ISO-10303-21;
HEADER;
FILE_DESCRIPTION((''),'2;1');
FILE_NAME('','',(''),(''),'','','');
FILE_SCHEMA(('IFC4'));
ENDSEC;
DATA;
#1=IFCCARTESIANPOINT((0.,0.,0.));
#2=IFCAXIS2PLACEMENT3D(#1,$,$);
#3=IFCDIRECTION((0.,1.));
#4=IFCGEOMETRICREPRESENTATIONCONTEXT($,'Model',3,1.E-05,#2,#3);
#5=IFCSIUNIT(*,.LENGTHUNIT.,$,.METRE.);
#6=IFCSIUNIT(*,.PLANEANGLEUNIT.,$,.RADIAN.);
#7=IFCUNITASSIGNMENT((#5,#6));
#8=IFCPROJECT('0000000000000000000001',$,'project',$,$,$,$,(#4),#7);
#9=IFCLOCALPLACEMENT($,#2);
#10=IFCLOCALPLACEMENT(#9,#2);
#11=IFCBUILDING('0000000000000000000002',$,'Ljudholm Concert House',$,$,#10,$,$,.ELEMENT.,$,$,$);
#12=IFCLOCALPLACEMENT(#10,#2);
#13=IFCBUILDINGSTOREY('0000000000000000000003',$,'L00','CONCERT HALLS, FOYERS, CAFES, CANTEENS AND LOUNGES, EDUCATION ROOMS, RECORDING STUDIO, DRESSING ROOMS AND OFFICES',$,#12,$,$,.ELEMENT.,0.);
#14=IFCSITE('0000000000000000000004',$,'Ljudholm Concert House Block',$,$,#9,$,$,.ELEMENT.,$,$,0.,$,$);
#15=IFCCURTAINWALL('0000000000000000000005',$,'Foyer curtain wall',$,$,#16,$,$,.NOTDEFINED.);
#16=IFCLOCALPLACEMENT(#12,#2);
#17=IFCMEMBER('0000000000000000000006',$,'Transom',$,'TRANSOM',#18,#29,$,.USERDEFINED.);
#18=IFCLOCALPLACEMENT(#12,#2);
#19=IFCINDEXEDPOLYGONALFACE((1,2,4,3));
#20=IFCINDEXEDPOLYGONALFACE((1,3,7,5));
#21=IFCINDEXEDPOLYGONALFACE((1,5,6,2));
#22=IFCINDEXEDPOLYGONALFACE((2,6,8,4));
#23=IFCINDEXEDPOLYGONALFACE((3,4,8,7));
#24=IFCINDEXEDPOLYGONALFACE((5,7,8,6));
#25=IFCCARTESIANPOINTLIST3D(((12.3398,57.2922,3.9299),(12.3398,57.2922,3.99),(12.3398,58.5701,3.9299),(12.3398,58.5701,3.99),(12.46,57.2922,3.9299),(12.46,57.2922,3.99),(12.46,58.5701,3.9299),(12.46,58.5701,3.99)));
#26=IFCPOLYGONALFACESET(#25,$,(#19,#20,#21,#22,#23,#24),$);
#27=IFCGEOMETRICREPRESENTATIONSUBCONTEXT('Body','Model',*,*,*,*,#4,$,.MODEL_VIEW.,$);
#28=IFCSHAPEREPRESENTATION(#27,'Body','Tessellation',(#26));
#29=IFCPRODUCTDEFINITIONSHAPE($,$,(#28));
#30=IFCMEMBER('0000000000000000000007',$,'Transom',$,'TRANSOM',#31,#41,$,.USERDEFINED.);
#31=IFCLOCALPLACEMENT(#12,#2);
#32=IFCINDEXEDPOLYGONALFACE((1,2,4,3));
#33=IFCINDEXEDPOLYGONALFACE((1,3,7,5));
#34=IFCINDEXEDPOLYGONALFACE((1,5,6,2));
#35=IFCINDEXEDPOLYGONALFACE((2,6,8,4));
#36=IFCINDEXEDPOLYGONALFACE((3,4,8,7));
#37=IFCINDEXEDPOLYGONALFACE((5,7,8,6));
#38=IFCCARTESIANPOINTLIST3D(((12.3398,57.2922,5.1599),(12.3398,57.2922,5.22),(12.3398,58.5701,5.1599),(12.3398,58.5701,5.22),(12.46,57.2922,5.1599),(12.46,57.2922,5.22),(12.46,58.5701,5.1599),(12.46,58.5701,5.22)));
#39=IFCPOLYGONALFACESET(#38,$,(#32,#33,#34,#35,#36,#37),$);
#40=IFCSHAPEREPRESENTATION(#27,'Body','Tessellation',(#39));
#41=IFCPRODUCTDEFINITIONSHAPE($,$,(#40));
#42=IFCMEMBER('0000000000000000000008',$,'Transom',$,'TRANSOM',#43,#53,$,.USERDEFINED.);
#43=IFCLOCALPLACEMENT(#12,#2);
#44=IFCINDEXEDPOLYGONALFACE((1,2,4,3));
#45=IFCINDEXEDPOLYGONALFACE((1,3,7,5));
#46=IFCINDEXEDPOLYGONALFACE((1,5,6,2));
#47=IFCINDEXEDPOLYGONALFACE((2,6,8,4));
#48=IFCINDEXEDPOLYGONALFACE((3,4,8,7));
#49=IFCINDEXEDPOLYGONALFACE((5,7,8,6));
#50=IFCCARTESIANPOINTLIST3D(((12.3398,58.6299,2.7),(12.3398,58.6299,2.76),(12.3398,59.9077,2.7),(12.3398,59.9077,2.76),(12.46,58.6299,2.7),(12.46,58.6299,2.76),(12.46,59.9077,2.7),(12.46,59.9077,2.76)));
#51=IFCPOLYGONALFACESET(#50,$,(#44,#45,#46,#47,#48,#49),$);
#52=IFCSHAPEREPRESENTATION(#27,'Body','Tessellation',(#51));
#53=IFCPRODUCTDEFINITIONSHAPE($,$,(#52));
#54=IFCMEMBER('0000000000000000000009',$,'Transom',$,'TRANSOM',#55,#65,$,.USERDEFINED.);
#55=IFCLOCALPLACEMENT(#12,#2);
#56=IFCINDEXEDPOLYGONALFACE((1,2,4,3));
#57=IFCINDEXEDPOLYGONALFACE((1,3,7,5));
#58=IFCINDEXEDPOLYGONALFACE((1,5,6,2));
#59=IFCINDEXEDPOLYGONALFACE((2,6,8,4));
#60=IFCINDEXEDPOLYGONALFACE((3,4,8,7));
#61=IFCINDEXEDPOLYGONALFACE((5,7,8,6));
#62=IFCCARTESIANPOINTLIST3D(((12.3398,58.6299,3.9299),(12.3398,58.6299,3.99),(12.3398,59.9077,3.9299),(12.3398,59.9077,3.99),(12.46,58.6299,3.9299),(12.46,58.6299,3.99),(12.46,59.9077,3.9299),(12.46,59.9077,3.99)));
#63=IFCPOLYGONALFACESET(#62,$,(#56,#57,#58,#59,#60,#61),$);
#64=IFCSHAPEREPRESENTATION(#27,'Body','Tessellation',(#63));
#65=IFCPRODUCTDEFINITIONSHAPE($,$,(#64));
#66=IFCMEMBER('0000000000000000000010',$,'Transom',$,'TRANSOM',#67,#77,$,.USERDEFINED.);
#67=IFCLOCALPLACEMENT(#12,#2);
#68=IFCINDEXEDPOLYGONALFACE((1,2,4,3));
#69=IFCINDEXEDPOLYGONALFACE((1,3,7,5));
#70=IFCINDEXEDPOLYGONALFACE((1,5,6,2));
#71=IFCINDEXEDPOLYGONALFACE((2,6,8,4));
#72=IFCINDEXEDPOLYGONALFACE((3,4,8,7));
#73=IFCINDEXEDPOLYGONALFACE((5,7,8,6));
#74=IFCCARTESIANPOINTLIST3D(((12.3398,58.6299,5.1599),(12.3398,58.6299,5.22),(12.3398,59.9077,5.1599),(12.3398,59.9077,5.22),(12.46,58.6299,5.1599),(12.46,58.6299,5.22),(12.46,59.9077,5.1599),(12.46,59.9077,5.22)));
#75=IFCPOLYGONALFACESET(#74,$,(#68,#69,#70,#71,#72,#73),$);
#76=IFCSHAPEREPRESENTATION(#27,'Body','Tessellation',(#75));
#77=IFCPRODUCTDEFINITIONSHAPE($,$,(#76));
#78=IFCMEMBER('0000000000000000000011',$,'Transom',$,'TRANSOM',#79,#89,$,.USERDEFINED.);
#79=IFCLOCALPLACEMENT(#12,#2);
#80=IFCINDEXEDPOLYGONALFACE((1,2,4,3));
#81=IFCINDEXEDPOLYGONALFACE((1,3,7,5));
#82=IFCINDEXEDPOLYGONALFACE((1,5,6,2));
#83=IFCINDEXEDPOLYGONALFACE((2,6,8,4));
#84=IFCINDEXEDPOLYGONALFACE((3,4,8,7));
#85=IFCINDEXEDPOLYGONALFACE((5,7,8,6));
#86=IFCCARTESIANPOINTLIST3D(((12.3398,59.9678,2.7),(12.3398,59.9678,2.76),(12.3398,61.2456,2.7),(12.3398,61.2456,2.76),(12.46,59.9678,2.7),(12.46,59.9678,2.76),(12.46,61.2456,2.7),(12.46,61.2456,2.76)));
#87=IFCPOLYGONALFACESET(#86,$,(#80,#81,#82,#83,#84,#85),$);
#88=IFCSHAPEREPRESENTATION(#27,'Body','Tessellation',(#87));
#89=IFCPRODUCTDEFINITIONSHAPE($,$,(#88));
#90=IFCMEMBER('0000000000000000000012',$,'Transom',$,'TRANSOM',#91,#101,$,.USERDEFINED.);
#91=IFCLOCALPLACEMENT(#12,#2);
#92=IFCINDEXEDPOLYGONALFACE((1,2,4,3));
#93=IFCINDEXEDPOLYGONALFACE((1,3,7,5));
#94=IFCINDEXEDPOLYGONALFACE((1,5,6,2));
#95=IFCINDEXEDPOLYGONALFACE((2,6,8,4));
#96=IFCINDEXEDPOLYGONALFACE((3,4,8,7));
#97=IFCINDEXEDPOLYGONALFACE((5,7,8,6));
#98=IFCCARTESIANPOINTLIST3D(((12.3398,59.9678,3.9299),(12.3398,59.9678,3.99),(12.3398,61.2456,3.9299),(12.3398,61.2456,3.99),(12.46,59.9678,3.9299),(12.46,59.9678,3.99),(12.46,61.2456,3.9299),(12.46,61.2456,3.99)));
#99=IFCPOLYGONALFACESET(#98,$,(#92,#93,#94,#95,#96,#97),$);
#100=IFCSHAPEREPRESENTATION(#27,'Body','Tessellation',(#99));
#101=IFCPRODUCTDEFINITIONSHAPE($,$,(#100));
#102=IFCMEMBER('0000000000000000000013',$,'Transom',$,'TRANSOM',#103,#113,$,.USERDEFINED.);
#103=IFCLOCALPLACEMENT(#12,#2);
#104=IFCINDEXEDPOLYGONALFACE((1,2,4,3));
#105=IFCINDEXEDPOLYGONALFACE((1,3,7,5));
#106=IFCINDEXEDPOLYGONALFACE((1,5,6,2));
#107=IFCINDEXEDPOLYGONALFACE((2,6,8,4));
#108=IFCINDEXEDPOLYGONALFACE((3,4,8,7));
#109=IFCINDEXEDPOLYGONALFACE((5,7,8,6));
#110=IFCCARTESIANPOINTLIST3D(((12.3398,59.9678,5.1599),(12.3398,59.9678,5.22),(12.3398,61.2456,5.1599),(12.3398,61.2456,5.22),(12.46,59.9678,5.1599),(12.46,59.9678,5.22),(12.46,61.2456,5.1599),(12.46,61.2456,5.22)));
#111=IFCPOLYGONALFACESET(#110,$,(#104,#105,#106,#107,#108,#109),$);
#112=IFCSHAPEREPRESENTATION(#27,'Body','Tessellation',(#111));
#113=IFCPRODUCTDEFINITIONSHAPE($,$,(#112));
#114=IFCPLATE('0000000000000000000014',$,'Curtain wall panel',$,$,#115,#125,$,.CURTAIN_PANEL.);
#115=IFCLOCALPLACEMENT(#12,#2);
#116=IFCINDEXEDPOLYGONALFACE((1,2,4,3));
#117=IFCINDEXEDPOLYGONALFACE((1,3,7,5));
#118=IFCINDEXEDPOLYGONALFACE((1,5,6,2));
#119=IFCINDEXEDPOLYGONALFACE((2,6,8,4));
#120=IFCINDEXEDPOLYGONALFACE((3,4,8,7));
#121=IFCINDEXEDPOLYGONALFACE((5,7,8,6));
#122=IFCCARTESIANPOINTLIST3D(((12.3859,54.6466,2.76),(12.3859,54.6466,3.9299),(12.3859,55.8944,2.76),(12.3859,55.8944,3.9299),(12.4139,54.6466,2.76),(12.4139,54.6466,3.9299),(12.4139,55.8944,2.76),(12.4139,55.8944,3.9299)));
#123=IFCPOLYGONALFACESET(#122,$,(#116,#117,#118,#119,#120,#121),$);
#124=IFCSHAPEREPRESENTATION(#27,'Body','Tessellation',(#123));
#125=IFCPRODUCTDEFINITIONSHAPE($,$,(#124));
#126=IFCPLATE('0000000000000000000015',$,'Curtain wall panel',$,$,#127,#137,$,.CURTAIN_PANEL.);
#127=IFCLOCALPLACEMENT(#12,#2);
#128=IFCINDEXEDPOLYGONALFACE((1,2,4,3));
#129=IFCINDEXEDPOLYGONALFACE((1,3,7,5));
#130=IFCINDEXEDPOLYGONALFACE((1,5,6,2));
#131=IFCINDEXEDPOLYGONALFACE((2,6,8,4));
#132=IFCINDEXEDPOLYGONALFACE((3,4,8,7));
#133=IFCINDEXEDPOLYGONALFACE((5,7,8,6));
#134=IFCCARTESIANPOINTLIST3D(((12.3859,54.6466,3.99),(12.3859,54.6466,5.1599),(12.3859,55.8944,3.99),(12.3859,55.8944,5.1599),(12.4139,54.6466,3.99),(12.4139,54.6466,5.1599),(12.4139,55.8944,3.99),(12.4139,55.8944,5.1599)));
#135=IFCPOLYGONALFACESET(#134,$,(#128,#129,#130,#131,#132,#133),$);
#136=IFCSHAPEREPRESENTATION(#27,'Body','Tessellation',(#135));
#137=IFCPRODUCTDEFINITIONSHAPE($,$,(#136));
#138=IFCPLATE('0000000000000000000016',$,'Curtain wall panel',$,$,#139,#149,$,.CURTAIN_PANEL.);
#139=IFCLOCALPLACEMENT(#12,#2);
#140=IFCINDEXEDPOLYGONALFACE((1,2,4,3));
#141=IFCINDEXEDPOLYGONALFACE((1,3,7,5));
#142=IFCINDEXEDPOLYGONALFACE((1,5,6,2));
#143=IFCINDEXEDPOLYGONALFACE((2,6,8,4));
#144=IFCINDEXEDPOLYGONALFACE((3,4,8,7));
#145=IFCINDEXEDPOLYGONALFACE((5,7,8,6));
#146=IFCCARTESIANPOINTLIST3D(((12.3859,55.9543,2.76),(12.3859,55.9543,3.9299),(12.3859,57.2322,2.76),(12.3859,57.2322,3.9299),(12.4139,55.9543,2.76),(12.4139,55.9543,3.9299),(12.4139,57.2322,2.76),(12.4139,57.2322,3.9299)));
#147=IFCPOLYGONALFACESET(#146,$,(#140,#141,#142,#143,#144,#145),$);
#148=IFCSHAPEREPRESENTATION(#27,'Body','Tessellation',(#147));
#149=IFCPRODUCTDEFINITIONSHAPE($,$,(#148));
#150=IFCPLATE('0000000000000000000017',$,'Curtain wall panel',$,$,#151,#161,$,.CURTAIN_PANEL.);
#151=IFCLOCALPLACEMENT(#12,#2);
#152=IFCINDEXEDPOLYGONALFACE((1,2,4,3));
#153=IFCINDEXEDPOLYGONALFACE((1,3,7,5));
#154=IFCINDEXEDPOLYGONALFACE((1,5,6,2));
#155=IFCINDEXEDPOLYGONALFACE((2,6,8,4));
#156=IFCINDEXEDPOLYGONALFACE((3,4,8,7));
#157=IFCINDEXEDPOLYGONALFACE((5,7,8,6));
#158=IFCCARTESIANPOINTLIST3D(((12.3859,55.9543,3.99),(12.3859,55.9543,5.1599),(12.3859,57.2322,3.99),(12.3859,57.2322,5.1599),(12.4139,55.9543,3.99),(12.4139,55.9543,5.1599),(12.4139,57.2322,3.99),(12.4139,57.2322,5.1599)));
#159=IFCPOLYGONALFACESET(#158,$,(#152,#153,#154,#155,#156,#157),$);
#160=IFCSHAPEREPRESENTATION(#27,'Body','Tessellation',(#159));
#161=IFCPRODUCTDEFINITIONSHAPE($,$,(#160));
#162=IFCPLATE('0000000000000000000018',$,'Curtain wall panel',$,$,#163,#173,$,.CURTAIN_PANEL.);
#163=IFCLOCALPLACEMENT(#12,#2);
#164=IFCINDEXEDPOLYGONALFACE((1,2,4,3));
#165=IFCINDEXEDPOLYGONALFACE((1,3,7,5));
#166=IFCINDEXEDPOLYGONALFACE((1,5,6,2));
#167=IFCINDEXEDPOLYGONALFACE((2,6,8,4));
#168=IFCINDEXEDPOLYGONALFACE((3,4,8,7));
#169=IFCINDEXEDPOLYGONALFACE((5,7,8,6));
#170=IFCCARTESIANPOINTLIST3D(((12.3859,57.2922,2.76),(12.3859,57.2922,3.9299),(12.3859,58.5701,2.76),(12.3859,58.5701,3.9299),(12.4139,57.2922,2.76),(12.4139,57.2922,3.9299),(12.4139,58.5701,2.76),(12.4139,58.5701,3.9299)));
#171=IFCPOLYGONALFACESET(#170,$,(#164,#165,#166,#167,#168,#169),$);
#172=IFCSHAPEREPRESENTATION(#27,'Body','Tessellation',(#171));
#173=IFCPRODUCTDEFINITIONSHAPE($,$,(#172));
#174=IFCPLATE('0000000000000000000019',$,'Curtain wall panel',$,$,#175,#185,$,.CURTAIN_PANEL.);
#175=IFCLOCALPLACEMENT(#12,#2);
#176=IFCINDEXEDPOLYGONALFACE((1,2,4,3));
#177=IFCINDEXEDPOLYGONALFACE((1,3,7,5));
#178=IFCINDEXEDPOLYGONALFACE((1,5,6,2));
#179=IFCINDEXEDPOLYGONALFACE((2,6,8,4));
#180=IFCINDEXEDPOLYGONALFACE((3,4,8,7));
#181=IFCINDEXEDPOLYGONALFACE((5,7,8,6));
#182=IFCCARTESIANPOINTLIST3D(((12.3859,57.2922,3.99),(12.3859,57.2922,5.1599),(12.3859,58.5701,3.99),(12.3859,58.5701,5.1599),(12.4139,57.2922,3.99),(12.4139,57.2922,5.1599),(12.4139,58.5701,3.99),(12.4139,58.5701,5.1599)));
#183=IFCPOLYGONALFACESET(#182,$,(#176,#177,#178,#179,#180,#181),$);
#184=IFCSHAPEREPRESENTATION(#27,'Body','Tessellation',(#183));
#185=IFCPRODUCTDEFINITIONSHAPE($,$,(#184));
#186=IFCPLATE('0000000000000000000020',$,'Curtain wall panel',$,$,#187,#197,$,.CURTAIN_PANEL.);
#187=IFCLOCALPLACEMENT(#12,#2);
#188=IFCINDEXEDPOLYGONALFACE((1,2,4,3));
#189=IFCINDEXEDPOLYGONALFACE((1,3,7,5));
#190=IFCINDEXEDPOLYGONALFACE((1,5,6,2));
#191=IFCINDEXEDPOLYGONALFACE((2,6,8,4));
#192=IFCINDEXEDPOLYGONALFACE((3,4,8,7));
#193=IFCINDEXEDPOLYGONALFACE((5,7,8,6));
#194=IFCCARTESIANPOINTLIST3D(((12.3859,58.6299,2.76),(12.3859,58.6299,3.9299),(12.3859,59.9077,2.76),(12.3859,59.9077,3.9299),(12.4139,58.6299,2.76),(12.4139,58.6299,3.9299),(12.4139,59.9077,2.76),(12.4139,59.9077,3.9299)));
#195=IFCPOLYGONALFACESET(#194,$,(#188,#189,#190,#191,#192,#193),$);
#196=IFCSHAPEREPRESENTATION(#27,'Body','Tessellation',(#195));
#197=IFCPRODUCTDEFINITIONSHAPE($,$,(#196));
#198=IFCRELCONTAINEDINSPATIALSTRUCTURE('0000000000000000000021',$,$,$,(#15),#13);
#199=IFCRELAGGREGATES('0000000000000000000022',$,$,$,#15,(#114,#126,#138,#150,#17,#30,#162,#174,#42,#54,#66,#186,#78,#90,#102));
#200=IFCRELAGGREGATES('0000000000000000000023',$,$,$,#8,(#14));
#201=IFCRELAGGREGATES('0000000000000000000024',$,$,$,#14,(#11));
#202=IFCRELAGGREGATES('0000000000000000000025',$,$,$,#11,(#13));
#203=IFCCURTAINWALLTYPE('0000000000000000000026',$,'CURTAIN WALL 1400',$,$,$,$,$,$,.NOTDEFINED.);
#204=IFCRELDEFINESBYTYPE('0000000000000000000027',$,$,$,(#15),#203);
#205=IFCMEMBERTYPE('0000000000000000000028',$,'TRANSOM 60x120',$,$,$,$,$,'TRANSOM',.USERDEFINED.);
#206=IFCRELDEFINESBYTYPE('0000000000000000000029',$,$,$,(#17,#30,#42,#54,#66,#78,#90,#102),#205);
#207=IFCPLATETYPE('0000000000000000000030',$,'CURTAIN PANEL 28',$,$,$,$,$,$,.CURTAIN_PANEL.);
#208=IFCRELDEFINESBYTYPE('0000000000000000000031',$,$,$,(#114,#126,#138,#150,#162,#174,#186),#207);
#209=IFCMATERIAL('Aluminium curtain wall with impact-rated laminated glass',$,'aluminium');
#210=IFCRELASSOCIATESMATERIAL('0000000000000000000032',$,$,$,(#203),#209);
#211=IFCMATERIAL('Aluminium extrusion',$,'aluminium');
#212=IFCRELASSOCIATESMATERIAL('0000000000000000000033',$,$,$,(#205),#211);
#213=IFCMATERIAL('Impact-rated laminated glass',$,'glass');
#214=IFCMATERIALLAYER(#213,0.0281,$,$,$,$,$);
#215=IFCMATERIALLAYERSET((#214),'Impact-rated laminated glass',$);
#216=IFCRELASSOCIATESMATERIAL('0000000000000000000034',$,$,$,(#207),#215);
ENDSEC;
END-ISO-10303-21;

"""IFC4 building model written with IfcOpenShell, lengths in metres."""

from ifc_helpers import new_model, si_unit, direction, frame, origin, origin_2d, place, context, subcontext, project, spatial, rectangle, extrude, material, layer, layer_set, material_profile, profile_set, type_object, element, aggregate, save


model = new_model("IFC4")

# Units and contexts
model_context = context("Model", 3, precision=1e-05, world=origin(), true_north=direction((0.0, 1.0)))
body_context = subcontext(model_context, "Body", "Model", "MODEL_VIEW")
ifc_project = project(units=[si_unit("LENGTHUNIT", "METRE"), si_unit("PLANEANGLEUNIT", "RADIAN")], contexts=[model_context])

# Site, building, storey
site_placement = place(None, origin())
site = spatial("IfcSite", under=ifc_project, at=site_placement, Name="Ljudholm Concert House Block", CompositionType="ELEMENT", RefElevation=0.0)
building_placement = place(site_placement, origin())
building = spatial("IfcBuilding", under=site, at=building_placement, Name="Ljudholm Concert House", CompositionType="ELEMENT")
storey_placement = place(building_placement, origin())
storey = spatial("IfcBuildingStorey", under=building, at=storey_placement, Name="L00", Description="CONCERT HALLS, FOYERS, CAFES, CANTEENS AND LOUNGES, EDUCATION ROOMS, RECORDING STUDIO, DRESSING ROOMS AND OFFICES", CompositionType="ELEMENT", Elevation=0.0)

# Curtain wall, members, plates
ifc_material_1 = material(Name="Aluminium curtain wall with impact-rated laminated glass", Category="aluminium")
curtain_wall_type = type_object("IfcCurtainWallType", Name="CURTAIN WALL 1400", PredefinedType="NOTDEFINED", material=ifc_material_1)
curtain_wall_placement = place(storey_placement, origin())
curtain_wall = element("IfcCurtainWall", 1, at=curtain_wall_placement, inside=storey, type_object=curtain_wall_type, Name="Foyer curtain wall", PredefinedType="NOTDEFINED")
ifc_material_2 = material(Name="Aluminium extrusion", Category="aluminium")
ifc_material_profile_1 = material_profile(ifc_material_2, rectangle(XDim=0.1201, YDim=0.0601, at=origin_2d()), Name="TRANSOM 60x120")
ifc_profile_set_1 = profile_set([ifc_material_profile_1], Name="Aluminium extrusion")
member_type_1 = type_object("IfcMemberType", Name="TRANSOM 60x120", ElementType="TRANSOM", PredefinedType="USERDEFINED", material=ifc_profile_set_1)
member_1_placement = place(storey_placement, frame((12.3999, 57.2922, 3.96), z_axis=(0.0, 1.0, 0.0), x_axis=(-1.0, 0.0, 0.0)))
member_1 = element("IfcMember", 2, at=member_1_placement, type_object=member_type_1, Name="Transom", ObjectType="TRANSOM", PredefinedType="USERDEFINED", context=body_context, shape_type="SweptSolid", body=[
    extrude(rectangle(XDim=0.1201, YDim=0.0601, at=origin_2d()), origin(), (0.0, 0.0, 1.0), 1.2778),
])
member_2_placement = place(storey_placement, frame((12.3999, 57.2922, 5.1899), z_axis=(0.0, 1.0, 0.0), x_axis=(-1.0, 0.0, 0.0)))
member_2 = element("IfcMember", 3, at=member_2_placement, type_object=member_type_1, Name="Transom", ObjectType="TRANSOM", PredefinedType="USERDEFINED", context=body_context, shape_type="SweptSolid", body=[
    extrude(rectangle(XDim=0.1201, YDim=0.0601, at=origin_2d()), origin(), (0.0, 0.0, 1.0), 1.2778),
])
member_3_placement = place(storey_placement, frame((12.3999, 58.6299, 2.73), z_axis=(0.0, 1.0, 0.0), x_axis=(-1.0, 0.0, 0.0)))
member_3 = element("IfcMember", 4, at=member_3_placement, type_object=member_type_1, Name="Transom", ObjectType="TRANSOM", PredefinedType="USERDEFINED", context=body_context, shape_type="SweptSolid", body=[
    extrude(rectangle(XDim=0.1201, YDim=0.0601, at=origin_2d()), origin(), (0.0, 0.0, 1.0), 1.2778),
])
member_4_placement = place(storey_placement, frame((12.3999, 58.6299, 3.96), z_axis=(0.0, 1.0, 0.0), x_axis=(-1.0, 0.0, 0.0)))
member_4 = element("IfcMember", 5, at=member_4_placement, type_object=member_type_1, Name="Transom", ObjectType="TRANSOM", PredefinedType="USERDEFINED", context=body_context, shape_type="SweptSolid", body=[
    extrude(rectangle(XDim=0.1201, YDim=0.0601, at=origin_2d()), origin(), (0.0, 0.0, 1.0), 1.2778),
])
member_5_placement = place(storey_placement, frame((12.3999, 58.6299, 5.1899), z_axis=(0.0, 1.0, 0.0), x_axis=(-1.0, 0.0, 0.0)))
member_5 = element("IfcMember", 6, at=member_5_placement, type_object=member_type_1, Name="Transom", ObjectType="TRANSOM", PredefinedType="USERDEFINED", context=body_context, shape_type="SweptSolid", body=[
    extrude(rectangle(XDim=0.1201, YDim=0.0601, at=origin_2d()), origin(), (0.0, 0.0, 1.0), 1.2778),
])
member_6_placement = place(storey_placement, frame((12.3999, 59.9678, 2.73), z_axis=(0.0, 1.0, 0.0), x_axis=(-1.0, 0.0, 0.0)))
member_6 = element("IfcMember", 7, at=member_6_placement, type_object=member_type_1, Name="Transom", ObjectType="TRANSOM", PredefinedType="USERDEFINED", context=body_context, shape_type="SweptSolid", body=[
    extrude(rectangle(XDim=0.1201, YDim=0.0601, at=origin_2d()), origin(), (0.0, 0.0, 1.0), 1.2778),
])
member_7_placement = place(storey_placement, frame((12.3999, 59.9678, 3.96), z_axis=(0.0, 1.0, 0.0), x_axis=(-1.0, 0.0, 0.0)))
member_7 = element("IfcMember", 8, at=member_7_placement, type_object=member_type_1, Name="Transom", ObjectType="TRANSOM", PredefinedType="USERDEFINED", context=body_context, shape_type="SweptSolid", body=[
    extrude(rectangle(XDim=0.1201, YDim=0.0601, at=origin_2d()), origin(), (0.0, 0.0, 1.0), 1.2778),
])
member_8_placement = place(storey_placement, frame((12.3999, 59.9678, 5.1899), z_axis=(0.0, 1.0, 0.0), x_axis=(-1.0, 0.0, 0.0)))
member_8 = element("IfcMember", 9, at=member_8_placement, type_object=member_type_1, Name="Transom", ObjectType="TRANSOM", PredefinedType="USERDEFINED", context=body_context, shape_type="SweptSolid", body=[
    extrude(rectangle(XDim=0.1201, YDim=0.0601, at=origin_2d()), origin(), (0.0, 0.0, 1.0), 1.2778),
])
ifc_material_3 = material(Name="Impact-rated laminated glass", Category="glass")
ifc_layer = layer(ifc_material_3, 0.0281)
ifc_layer_set = layer_set([ifc_layer], Name="Impact-rated laminated glass")
plate_type = type_object("IfcPlateType", Name="CURTAIN PANEL 28", PredefinedType="CURTAIN_PANEL", material=ifc_layer_set)
plate_1_placement = place(storey_placement, frame((12.3999, 55.2705, 2.76), z_axis=(0.0, 0.0, 1.0), x_axis=(0.0, 1.0, 0.0)))
plate_1 = element("IfcPlate", 10, at=plate_1_placement, type_object=plate_type, Name="Curtain wall panel", PredefinedType="CURTAIN_PANEL", context=body_context, shape_type="SweptSolid", body=[
    extrude(rectangle(XDim=1.2478, YDim=0.0281, at=origin_2d()), origin(), (0.0, 0.0, 1.0), 1.1699),
])
plate_2_placement = place(storey_placement, frame((12.3999, 55.2705, 3.99), z_axis=(0.0, 0.0, 1.0), x_axis=(0.0, 1.0, 0.0)))
plate_2 = element("IfcPlate", 11, at=plate_2_placement, type_object=plate_type, Name="Curtain wall panel", PredefinedType="CURTAIN_PANEL", context=body_context, shape_type="SweptSolid", body=[
    extrude(rectangle(XDim=1.2478, YDim=0.0281, at=origin_2d()), origin(), (0.0, 0.0, 1.0), 1.1699),
])
plate_3_placement = place(storey_placement, frame((12.3999, 56.5933, 2.76), z_axis=(0.0, 0.0, 1.0), x_axis=(0.0, 1.0, 0.0)))
plate_3 = element("IfcPlate", 12, at=plate_3_placement, type_object=plate_type, Name="Curtain wall panel", PredefinedType="CURTAIN_PANEL", context=body_context, shape_type="SweptSolid", body=[
    extrude(rectangle(XDim=1.2778, YDim=0.0281, at=origin_2d()), origin(), (0.0, 0.0, 1.0), 1.1699),
])
plate_4_placement = place(storey_placement, frame((12.3999, 56.5933, 3.99), z_axis=(0.0, 0.0, 1.0), x_axis=(0.0, 1.0, 0.0)))
plate_4 = element("IfcPlate", 13, at=plate_4_placement, type_object=plate_type, Name="Curtain wall panel", PredefinedType="CURTAIN_PANEL", context=body_context, shape_type="SweptSolid", body=[
    extrude(rectangle(XDim=1.2778, YDim=0.0281, at=origin_2d()), origin(), (0.0, 0.0, 1.0), 1.1699),
])
plate_5_placement = place(storey_placement, frame((12.3999, 57.9312, 2.76), z_axis=(0.0, 0.0, 1.0), x_axis=(0.0, 1.0, 0.0)))
plate_5 = element("IfcPlate", 14, at=plate_5_placement, type_object=plate_type, Name="Curtain wall panel", PredefinedType="CURTAIN_PANEL", context=body_context, shape_type="SweptSolid", body=[
    extrude(rectangle(XDim=1.2778, YDim=0.0281, at=origin_2d()), origin(), (0.0, 0.0, 1.0), 1.1699),
])
plate_6_placement = place(storey_placement, frame((12.3999, 57.9312, 3.99), z_axis=(0.0, 0.0, 1.0), x_axis=(0.0, 1.0, 0.0)))
plate_6 = element("IfcPlate", 15, at=plate_6_placement, type_object=plate_type, Name="Curtain wall panel", PredefinedType="CURTAIN_PANEL", context=body_context, shape_type="SweptSolid", body=[
    extrude(rectangle(XDim=1.2778, YDim=0.0281, at=origin_2d()), origin(), (0.0, 0.0, 1.0), 1.1699),
])
plate_7_placement = place(storey_placement, frame((12.3999, 59.2688, 2.76), z_axis=(0.0, 0.0, 1.0), x_axis=(0.0, 1.0, 0.0)))
plate_7 = element("IfcPlate", 16, at=plate_7_placement, type_object=plate_type, Name="Curtain wall panel", PredefinedType="CURTAIN_PANEL", context=body_context, shape_type="SweptSolid", body=[
    extrude(rectangle(XDim=1.2778, YDim=0.0281, at=origin_2d()), origin(), (0.0, 0.0, 1.0), 1.1699),
])
aggregate(curtain_wall, [plate_1, plate_2, plate_3, plate_4, member_1, member_2, plate_5, plate_6, member_3, member_4, member_5, plate_7, member_6, member_7, member_8])

save(model, "model.ifc")
